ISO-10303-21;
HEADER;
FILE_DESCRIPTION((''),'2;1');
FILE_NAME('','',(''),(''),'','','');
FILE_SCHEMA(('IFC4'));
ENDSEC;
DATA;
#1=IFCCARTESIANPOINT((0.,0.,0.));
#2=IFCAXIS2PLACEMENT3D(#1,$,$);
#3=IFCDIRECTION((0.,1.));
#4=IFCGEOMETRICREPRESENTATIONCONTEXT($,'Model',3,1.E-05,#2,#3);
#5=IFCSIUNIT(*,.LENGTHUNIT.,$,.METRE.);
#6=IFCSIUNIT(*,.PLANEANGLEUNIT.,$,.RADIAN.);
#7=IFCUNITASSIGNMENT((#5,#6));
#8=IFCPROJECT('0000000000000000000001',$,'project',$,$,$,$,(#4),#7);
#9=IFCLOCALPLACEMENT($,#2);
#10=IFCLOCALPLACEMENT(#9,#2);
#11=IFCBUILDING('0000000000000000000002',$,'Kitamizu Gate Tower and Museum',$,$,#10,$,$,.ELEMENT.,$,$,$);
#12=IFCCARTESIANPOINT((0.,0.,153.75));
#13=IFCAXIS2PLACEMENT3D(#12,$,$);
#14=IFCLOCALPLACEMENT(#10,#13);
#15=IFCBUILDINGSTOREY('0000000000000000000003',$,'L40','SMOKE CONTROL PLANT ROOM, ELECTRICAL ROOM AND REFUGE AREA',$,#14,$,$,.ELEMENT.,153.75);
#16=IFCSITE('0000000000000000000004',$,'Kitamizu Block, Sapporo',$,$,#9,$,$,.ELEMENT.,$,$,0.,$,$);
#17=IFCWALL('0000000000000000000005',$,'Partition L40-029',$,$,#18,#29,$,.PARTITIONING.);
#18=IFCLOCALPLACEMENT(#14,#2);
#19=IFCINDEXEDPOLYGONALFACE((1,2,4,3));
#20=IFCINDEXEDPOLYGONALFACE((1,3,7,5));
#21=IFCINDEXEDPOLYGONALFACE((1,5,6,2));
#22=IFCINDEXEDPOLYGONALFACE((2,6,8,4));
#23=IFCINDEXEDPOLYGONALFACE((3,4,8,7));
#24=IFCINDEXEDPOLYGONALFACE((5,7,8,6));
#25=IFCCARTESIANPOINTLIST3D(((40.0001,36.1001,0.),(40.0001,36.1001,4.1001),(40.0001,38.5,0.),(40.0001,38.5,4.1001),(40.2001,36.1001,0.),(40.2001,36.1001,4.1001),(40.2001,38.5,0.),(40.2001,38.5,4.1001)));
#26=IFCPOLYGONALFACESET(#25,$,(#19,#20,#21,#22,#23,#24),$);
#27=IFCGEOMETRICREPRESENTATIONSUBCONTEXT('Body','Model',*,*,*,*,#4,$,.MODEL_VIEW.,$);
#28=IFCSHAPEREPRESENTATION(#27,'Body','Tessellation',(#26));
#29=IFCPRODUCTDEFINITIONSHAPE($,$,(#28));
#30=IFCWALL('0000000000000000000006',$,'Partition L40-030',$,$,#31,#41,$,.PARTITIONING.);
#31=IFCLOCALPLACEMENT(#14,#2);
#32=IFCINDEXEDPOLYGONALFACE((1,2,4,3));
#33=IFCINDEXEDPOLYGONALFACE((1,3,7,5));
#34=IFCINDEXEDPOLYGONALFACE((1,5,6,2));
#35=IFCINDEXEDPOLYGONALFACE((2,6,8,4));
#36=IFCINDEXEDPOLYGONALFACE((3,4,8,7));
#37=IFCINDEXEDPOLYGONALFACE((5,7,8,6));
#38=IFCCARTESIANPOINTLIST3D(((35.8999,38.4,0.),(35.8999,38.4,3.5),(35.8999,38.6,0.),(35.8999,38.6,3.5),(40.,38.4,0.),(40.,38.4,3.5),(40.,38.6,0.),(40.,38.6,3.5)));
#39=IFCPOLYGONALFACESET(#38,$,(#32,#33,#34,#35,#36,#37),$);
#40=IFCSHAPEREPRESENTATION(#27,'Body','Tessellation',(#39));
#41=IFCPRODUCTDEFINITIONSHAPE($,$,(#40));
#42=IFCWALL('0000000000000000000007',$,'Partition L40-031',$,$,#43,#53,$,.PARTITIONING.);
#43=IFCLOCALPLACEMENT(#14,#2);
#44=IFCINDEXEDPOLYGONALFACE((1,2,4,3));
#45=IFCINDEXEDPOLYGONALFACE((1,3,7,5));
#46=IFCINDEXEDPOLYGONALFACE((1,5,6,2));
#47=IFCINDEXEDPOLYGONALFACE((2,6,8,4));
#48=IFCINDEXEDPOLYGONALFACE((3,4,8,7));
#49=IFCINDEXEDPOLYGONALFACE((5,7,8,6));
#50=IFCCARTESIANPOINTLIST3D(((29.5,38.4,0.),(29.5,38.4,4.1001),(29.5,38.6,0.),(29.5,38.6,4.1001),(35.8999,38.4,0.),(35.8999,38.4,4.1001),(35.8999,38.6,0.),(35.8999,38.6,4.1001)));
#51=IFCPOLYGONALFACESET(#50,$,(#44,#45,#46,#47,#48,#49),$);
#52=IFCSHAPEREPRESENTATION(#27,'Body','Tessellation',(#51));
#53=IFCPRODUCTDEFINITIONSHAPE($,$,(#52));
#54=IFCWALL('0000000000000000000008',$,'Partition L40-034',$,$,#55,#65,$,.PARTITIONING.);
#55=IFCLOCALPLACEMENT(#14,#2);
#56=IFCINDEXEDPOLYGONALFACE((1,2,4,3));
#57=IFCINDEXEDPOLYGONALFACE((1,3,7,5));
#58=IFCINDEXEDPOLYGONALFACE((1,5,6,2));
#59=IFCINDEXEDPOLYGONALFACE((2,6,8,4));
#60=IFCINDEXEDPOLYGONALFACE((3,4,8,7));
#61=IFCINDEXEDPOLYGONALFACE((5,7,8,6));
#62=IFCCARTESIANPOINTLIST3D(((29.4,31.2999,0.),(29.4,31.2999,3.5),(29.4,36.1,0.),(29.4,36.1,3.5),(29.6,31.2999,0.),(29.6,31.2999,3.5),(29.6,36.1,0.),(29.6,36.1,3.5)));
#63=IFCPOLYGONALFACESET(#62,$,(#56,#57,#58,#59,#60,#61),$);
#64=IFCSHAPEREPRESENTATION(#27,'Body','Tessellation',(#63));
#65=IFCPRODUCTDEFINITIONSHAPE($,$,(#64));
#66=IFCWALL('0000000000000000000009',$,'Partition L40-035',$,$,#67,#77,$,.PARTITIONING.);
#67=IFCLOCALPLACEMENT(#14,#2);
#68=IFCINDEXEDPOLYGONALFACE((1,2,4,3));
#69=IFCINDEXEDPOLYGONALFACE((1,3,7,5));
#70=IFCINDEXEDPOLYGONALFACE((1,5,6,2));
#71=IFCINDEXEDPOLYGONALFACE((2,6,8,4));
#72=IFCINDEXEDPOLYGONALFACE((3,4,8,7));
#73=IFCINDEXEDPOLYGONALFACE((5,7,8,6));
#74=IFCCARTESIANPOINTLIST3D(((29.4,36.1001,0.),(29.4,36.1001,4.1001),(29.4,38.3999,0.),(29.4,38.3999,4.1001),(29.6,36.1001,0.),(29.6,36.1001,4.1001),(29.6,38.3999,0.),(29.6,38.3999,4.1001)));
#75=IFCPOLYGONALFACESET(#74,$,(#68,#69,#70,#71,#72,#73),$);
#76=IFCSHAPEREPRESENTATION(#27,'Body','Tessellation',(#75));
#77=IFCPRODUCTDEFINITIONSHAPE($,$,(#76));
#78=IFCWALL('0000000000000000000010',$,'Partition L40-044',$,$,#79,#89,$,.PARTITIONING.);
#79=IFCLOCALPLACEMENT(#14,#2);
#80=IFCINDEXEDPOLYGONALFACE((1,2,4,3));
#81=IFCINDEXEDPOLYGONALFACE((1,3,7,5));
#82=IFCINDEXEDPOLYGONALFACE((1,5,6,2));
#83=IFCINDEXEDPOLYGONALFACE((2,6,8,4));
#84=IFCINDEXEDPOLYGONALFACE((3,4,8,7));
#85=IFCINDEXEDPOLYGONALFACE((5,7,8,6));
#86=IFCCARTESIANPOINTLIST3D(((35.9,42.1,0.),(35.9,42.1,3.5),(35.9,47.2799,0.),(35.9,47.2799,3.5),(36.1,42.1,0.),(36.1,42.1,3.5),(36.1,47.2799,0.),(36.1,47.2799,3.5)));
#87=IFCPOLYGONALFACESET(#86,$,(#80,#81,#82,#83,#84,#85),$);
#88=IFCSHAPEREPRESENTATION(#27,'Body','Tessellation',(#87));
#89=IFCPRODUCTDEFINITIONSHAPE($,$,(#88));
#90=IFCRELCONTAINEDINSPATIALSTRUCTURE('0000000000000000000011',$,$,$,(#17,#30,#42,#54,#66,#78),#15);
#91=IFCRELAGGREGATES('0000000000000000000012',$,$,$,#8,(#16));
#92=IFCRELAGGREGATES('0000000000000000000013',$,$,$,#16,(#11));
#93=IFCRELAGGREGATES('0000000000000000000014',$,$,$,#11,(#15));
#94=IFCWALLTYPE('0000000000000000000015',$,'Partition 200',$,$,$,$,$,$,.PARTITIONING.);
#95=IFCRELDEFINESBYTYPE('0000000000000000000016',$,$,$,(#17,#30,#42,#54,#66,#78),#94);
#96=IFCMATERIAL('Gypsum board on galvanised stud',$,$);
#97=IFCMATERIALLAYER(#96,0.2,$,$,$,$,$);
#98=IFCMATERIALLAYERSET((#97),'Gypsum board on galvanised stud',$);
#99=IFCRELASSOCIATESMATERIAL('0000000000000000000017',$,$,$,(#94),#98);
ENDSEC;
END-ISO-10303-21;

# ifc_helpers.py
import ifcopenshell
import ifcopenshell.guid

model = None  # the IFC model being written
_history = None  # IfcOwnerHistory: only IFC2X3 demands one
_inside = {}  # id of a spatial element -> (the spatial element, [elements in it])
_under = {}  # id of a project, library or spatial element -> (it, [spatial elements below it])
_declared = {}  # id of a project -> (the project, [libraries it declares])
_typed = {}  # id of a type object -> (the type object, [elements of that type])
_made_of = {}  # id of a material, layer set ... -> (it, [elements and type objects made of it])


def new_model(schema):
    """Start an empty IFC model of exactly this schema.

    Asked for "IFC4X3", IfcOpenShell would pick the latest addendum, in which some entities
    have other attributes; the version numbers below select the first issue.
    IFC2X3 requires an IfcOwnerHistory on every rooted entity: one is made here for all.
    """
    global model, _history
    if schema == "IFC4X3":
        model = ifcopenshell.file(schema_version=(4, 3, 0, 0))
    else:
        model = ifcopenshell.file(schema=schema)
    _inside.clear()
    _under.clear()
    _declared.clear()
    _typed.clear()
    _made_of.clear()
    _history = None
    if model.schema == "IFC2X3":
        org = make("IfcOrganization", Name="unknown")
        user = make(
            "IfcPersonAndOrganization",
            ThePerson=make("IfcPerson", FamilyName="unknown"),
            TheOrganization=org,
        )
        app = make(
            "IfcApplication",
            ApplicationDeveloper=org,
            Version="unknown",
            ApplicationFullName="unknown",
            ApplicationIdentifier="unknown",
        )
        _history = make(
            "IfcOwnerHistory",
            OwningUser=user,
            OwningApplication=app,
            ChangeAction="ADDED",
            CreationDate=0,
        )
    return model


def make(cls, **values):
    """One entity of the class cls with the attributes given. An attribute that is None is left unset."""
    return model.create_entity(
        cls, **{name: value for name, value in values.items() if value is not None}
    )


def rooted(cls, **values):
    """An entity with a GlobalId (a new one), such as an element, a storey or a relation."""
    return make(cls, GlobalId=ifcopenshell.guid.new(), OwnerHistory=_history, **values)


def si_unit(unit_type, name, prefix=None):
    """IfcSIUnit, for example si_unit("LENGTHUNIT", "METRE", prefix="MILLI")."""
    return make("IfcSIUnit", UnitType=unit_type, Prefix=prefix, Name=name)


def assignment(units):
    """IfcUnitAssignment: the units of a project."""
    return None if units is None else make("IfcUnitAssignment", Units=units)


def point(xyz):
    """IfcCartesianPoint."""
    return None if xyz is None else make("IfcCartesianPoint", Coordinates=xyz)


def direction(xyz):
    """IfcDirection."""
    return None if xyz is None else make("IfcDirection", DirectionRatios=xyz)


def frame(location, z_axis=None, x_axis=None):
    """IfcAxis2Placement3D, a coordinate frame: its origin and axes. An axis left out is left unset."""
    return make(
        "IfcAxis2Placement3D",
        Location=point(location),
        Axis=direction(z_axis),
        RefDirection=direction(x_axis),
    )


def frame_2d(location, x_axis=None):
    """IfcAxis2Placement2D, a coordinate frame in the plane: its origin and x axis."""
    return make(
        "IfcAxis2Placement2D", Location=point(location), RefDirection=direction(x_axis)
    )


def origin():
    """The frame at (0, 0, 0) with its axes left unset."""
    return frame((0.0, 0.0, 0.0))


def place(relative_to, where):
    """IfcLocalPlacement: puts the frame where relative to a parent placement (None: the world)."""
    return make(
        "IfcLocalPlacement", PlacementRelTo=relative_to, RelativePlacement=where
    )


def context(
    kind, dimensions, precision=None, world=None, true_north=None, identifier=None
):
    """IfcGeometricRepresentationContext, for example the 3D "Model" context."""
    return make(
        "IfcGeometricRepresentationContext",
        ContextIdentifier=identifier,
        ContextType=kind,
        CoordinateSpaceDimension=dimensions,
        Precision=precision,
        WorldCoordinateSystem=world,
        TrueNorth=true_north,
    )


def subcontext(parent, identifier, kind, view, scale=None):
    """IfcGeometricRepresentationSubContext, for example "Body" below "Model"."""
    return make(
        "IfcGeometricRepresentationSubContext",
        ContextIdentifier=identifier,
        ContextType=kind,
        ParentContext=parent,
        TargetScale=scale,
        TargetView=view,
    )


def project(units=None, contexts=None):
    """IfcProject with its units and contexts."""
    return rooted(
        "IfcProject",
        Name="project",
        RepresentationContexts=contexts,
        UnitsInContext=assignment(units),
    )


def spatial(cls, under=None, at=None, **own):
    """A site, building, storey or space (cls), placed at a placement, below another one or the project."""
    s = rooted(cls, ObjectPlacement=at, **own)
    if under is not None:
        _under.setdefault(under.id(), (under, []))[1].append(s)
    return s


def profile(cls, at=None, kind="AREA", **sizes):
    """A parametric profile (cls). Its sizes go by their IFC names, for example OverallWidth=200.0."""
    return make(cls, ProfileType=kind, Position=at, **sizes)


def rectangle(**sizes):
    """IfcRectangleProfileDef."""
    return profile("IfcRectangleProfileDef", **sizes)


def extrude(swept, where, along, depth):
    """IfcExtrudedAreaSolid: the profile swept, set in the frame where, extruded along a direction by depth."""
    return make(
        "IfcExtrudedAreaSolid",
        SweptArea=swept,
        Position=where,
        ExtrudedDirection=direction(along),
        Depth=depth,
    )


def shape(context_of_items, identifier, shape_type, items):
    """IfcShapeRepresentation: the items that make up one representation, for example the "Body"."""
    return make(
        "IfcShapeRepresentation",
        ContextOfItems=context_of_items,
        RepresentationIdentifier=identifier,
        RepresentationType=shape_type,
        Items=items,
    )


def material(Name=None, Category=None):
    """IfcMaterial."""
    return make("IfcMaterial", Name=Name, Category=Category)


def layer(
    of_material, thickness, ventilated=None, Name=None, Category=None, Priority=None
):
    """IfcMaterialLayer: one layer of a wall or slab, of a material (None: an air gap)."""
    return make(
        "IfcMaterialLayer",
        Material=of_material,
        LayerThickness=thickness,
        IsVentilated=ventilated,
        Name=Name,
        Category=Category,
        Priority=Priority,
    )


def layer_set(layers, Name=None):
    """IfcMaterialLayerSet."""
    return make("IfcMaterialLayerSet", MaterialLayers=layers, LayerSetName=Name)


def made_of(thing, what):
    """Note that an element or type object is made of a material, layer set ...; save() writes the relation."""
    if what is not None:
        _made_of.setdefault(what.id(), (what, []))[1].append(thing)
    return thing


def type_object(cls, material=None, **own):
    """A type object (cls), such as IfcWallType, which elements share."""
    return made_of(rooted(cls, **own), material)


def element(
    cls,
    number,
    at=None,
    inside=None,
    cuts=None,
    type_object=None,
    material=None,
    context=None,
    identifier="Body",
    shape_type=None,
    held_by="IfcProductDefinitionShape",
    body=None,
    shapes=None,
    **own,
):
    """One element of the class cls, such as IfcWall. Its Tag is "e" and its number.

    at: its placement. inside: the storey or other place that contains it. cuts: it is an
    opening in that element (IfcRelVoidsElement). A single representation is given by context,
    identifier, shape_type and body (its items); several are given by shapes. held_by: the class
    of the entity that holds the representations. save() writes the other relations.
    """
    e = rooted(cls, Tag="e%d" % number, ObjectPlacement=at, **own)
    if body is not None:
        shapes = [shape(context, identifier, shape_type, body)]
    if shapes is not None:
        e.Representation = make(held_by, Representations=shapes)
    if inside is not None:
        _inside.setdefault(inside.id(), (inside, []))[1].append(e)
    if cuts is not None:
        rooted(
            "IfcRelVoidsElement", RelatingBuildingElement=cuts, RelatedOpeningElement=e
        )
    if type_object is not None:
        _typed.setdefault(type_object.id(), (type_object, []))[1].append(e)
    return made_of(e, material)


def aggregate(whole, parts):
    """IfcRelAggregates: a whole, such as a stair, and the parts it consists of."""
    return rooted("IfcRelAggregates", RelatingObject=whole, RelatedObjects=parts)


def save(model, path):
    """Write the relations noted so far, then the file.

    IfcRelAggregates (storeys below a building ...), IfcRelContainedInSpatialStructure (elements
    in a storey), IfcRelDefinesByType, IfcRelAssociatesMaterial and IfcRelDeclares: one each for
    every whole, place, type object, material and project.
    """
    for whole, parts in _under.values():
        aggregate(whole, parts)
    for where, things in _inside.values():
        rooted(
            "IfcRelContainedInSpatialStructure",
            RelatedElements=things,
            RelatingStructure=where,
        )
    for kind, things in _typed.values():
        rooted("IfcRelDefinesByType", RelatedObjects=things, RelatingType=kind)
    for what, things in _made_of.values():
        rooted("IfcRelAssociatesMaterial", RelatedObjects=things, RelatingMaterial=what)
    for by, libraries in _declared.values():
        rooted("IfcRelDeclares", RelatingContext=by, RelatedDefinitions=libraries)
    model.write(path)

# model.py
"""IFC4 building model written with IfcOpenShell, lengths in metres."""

from ifc_helpers import new_model, si_unit, direction, frame, frame_2d, origin, place, context, subcontext, project, spatial, rectangle, extrude, material, layer, layer_set, type_object, element, save


model = new_model("IFC4")

# Units and contexts
model_context = context("Model", 3, precision=1e-05, world=origin(), true_north=direction((0.0, 1.0)))
body_context = subcontext(model_context, "Body", "Model", "MODEL_VIEW")
ifc_project = project(units=[si_unit("LENGTHUNIT", "METRE"), si_unit("PLANEANGLEUNIT", "RADIAN")], contexts=[model_context])

# Site, building, storey
site_placement = place(None, origin())
site = spatial("IfcSite", under=ifc_project, at=site_placement, Name="Kitamizu Block, Sapporo", CompositionType="ELEMENT", RefElevation=0.0)
building_placement = place(site_placement, origin())
building = spatial("IfcBuilding", under=site, at=building_placement, Name="Kitamizu Gate Tower and Museum", CompositionType="ELEMENT")
storey_placement = place(building_placement, frame((0.0, 0.0, 153.75)))
storey = spatial("IfcBuildingStorey", under=building, at=storey_placement, Name="L40", Description="SMOKE CONTROL PLANT ROOM, ELECTRICAL ROOM AND REFUGE AREA", CompositionType="ELEMENT", Elevation=153.75)

# Shared definitions
ifc_material_1 = material(Name="Gypsum board on galvanised stud")
ifc_layer = layer(ifc_material_1, 0.2)
ifc_layer_set = layer_set([ifc_layer], Name="Gypsum board on galvanised stud")
wall_type = type_object("IfcWallType", Name="Partition 200", PredefinedType="PARTITIONING", material=ifc_layer_set)

# Walls
wall_1_placement = place(storey_placement, frame((40.1001, 36.1001, 0.0), z_axis=(0.0, 0.0, 1.0), x_axis=(0.0, 1.0, 0.0)))
element("IfcWall", 1, at=wall_1_placement, inside=storey, type_object=wall_type, Name="Partition L40-029", PredefinedType="PARTITIONING", context=body_context, shape_type="SweptSolid", body=[
    extrude(rectangle(XDim=2.3999, YDim=0.2, at=frame_2d((1.2, 0.0))), origin(), (0.0, 0.0, 1.0), 4.1001),
])
wall_2_placement = place(storey_placement, frame((40.0, 38.5, 0.0), z_axis=(0.0, 0.0, 1.0), x_axis=(-1.0, 0.0, 0.0)))
element("IfcWall", 2, at=wall_2_placement, inside=storey, type_object=wall_type, Name="Partition L40-030", PredefinedType="PARTITIONING", context=body_context, shape_type="SweptSolid", body=[
    extrude(rectangle(XDim=4.1001, YDim=0.2, at=frame_2d((2.05, 0.0))), origin(), (0.0, 0.0, 1.0), 3.5),
])
wall_3_placement = place(storey_placement, frame((35.8999, 38.5, 0.0), z_axis=(0.0, 0.0, 1.0), x_axis=(-1.0, 0.0, 0.0)))
element("IfcWall", 3, at=wall_3_placement, inside=storey, type_object=wall_type, Name="Partition L40-031", PredefinedType="PARTITIONING", context=body_context, shape_type="SweptSolid", body=[
    extrude(rectangle(XDim=6.3999, YDim=0.2, at=frame_2d((3.2, 0.0))), origin(), (0.0, 0.0, 1.0), 4.1001),
])
wall_4_placement = place(storey_placement, frame((29.5, 31.3, 0.0), z_axis=(0.0, 0.0, 1.0), x_axis=(0.0, 1.0, 0.0)))
element("IfcWall", 4, at=wall_4_placement, inside=storey, type_object=wall_type, Name="Partition L40-034", PredefinedType="PARTITIONING", context=body_context, shape_type="SweptSolid", body=[
    extrude(rectangle(XDim=4.8, YDim=0.2, at=frame_2d((2.3999, 0.0))), origin(), (0.0, 0.0, 1.0), 3.5),
])
wall_5_placement = place(storey_placement, frame((29.5, 36.1001, 0.0), z_axis=(0.0, 0.0, 1.0), x_axis=(0.0, 1.0, 0.0)))
element("IfcWall", 5, at=wall_5_placement, inside=storey, type_object=wall_type, Name="Partition L40-035", PredefinedType="PARTITIONING", context=body_context, shape_type="SweptSolid", body=[
    extrude(rectangle(XDim=2.2998, YDim=0.2, at=frame_2d((1.1499, 0.0))), origin(), (0.0, 0.0, 1.0), 4.1001),
])
wall_6_placement = place(storey_placement, frame((36.0, 42.1001, 0.0), z_axis=(0.0, 0.0, 1.0), x_axis=(0.0, 1.0, 0.0)))
element("IfcWall", 6, at=wall_6_placement, inside=storey, type_object=wall_type, Name="Partition L40-044", PredefinedType="PARTITIONING", context=body_context, shape_type="SweptSolid", body=[
    extrude(rectangle(XDim=5.1799, YDim=0.2, at=frame_2d((2.5898, 0.0))), origin(), (0.0, 0.0, 1.0), 3.5),
])

save(model, "model.ifc")
